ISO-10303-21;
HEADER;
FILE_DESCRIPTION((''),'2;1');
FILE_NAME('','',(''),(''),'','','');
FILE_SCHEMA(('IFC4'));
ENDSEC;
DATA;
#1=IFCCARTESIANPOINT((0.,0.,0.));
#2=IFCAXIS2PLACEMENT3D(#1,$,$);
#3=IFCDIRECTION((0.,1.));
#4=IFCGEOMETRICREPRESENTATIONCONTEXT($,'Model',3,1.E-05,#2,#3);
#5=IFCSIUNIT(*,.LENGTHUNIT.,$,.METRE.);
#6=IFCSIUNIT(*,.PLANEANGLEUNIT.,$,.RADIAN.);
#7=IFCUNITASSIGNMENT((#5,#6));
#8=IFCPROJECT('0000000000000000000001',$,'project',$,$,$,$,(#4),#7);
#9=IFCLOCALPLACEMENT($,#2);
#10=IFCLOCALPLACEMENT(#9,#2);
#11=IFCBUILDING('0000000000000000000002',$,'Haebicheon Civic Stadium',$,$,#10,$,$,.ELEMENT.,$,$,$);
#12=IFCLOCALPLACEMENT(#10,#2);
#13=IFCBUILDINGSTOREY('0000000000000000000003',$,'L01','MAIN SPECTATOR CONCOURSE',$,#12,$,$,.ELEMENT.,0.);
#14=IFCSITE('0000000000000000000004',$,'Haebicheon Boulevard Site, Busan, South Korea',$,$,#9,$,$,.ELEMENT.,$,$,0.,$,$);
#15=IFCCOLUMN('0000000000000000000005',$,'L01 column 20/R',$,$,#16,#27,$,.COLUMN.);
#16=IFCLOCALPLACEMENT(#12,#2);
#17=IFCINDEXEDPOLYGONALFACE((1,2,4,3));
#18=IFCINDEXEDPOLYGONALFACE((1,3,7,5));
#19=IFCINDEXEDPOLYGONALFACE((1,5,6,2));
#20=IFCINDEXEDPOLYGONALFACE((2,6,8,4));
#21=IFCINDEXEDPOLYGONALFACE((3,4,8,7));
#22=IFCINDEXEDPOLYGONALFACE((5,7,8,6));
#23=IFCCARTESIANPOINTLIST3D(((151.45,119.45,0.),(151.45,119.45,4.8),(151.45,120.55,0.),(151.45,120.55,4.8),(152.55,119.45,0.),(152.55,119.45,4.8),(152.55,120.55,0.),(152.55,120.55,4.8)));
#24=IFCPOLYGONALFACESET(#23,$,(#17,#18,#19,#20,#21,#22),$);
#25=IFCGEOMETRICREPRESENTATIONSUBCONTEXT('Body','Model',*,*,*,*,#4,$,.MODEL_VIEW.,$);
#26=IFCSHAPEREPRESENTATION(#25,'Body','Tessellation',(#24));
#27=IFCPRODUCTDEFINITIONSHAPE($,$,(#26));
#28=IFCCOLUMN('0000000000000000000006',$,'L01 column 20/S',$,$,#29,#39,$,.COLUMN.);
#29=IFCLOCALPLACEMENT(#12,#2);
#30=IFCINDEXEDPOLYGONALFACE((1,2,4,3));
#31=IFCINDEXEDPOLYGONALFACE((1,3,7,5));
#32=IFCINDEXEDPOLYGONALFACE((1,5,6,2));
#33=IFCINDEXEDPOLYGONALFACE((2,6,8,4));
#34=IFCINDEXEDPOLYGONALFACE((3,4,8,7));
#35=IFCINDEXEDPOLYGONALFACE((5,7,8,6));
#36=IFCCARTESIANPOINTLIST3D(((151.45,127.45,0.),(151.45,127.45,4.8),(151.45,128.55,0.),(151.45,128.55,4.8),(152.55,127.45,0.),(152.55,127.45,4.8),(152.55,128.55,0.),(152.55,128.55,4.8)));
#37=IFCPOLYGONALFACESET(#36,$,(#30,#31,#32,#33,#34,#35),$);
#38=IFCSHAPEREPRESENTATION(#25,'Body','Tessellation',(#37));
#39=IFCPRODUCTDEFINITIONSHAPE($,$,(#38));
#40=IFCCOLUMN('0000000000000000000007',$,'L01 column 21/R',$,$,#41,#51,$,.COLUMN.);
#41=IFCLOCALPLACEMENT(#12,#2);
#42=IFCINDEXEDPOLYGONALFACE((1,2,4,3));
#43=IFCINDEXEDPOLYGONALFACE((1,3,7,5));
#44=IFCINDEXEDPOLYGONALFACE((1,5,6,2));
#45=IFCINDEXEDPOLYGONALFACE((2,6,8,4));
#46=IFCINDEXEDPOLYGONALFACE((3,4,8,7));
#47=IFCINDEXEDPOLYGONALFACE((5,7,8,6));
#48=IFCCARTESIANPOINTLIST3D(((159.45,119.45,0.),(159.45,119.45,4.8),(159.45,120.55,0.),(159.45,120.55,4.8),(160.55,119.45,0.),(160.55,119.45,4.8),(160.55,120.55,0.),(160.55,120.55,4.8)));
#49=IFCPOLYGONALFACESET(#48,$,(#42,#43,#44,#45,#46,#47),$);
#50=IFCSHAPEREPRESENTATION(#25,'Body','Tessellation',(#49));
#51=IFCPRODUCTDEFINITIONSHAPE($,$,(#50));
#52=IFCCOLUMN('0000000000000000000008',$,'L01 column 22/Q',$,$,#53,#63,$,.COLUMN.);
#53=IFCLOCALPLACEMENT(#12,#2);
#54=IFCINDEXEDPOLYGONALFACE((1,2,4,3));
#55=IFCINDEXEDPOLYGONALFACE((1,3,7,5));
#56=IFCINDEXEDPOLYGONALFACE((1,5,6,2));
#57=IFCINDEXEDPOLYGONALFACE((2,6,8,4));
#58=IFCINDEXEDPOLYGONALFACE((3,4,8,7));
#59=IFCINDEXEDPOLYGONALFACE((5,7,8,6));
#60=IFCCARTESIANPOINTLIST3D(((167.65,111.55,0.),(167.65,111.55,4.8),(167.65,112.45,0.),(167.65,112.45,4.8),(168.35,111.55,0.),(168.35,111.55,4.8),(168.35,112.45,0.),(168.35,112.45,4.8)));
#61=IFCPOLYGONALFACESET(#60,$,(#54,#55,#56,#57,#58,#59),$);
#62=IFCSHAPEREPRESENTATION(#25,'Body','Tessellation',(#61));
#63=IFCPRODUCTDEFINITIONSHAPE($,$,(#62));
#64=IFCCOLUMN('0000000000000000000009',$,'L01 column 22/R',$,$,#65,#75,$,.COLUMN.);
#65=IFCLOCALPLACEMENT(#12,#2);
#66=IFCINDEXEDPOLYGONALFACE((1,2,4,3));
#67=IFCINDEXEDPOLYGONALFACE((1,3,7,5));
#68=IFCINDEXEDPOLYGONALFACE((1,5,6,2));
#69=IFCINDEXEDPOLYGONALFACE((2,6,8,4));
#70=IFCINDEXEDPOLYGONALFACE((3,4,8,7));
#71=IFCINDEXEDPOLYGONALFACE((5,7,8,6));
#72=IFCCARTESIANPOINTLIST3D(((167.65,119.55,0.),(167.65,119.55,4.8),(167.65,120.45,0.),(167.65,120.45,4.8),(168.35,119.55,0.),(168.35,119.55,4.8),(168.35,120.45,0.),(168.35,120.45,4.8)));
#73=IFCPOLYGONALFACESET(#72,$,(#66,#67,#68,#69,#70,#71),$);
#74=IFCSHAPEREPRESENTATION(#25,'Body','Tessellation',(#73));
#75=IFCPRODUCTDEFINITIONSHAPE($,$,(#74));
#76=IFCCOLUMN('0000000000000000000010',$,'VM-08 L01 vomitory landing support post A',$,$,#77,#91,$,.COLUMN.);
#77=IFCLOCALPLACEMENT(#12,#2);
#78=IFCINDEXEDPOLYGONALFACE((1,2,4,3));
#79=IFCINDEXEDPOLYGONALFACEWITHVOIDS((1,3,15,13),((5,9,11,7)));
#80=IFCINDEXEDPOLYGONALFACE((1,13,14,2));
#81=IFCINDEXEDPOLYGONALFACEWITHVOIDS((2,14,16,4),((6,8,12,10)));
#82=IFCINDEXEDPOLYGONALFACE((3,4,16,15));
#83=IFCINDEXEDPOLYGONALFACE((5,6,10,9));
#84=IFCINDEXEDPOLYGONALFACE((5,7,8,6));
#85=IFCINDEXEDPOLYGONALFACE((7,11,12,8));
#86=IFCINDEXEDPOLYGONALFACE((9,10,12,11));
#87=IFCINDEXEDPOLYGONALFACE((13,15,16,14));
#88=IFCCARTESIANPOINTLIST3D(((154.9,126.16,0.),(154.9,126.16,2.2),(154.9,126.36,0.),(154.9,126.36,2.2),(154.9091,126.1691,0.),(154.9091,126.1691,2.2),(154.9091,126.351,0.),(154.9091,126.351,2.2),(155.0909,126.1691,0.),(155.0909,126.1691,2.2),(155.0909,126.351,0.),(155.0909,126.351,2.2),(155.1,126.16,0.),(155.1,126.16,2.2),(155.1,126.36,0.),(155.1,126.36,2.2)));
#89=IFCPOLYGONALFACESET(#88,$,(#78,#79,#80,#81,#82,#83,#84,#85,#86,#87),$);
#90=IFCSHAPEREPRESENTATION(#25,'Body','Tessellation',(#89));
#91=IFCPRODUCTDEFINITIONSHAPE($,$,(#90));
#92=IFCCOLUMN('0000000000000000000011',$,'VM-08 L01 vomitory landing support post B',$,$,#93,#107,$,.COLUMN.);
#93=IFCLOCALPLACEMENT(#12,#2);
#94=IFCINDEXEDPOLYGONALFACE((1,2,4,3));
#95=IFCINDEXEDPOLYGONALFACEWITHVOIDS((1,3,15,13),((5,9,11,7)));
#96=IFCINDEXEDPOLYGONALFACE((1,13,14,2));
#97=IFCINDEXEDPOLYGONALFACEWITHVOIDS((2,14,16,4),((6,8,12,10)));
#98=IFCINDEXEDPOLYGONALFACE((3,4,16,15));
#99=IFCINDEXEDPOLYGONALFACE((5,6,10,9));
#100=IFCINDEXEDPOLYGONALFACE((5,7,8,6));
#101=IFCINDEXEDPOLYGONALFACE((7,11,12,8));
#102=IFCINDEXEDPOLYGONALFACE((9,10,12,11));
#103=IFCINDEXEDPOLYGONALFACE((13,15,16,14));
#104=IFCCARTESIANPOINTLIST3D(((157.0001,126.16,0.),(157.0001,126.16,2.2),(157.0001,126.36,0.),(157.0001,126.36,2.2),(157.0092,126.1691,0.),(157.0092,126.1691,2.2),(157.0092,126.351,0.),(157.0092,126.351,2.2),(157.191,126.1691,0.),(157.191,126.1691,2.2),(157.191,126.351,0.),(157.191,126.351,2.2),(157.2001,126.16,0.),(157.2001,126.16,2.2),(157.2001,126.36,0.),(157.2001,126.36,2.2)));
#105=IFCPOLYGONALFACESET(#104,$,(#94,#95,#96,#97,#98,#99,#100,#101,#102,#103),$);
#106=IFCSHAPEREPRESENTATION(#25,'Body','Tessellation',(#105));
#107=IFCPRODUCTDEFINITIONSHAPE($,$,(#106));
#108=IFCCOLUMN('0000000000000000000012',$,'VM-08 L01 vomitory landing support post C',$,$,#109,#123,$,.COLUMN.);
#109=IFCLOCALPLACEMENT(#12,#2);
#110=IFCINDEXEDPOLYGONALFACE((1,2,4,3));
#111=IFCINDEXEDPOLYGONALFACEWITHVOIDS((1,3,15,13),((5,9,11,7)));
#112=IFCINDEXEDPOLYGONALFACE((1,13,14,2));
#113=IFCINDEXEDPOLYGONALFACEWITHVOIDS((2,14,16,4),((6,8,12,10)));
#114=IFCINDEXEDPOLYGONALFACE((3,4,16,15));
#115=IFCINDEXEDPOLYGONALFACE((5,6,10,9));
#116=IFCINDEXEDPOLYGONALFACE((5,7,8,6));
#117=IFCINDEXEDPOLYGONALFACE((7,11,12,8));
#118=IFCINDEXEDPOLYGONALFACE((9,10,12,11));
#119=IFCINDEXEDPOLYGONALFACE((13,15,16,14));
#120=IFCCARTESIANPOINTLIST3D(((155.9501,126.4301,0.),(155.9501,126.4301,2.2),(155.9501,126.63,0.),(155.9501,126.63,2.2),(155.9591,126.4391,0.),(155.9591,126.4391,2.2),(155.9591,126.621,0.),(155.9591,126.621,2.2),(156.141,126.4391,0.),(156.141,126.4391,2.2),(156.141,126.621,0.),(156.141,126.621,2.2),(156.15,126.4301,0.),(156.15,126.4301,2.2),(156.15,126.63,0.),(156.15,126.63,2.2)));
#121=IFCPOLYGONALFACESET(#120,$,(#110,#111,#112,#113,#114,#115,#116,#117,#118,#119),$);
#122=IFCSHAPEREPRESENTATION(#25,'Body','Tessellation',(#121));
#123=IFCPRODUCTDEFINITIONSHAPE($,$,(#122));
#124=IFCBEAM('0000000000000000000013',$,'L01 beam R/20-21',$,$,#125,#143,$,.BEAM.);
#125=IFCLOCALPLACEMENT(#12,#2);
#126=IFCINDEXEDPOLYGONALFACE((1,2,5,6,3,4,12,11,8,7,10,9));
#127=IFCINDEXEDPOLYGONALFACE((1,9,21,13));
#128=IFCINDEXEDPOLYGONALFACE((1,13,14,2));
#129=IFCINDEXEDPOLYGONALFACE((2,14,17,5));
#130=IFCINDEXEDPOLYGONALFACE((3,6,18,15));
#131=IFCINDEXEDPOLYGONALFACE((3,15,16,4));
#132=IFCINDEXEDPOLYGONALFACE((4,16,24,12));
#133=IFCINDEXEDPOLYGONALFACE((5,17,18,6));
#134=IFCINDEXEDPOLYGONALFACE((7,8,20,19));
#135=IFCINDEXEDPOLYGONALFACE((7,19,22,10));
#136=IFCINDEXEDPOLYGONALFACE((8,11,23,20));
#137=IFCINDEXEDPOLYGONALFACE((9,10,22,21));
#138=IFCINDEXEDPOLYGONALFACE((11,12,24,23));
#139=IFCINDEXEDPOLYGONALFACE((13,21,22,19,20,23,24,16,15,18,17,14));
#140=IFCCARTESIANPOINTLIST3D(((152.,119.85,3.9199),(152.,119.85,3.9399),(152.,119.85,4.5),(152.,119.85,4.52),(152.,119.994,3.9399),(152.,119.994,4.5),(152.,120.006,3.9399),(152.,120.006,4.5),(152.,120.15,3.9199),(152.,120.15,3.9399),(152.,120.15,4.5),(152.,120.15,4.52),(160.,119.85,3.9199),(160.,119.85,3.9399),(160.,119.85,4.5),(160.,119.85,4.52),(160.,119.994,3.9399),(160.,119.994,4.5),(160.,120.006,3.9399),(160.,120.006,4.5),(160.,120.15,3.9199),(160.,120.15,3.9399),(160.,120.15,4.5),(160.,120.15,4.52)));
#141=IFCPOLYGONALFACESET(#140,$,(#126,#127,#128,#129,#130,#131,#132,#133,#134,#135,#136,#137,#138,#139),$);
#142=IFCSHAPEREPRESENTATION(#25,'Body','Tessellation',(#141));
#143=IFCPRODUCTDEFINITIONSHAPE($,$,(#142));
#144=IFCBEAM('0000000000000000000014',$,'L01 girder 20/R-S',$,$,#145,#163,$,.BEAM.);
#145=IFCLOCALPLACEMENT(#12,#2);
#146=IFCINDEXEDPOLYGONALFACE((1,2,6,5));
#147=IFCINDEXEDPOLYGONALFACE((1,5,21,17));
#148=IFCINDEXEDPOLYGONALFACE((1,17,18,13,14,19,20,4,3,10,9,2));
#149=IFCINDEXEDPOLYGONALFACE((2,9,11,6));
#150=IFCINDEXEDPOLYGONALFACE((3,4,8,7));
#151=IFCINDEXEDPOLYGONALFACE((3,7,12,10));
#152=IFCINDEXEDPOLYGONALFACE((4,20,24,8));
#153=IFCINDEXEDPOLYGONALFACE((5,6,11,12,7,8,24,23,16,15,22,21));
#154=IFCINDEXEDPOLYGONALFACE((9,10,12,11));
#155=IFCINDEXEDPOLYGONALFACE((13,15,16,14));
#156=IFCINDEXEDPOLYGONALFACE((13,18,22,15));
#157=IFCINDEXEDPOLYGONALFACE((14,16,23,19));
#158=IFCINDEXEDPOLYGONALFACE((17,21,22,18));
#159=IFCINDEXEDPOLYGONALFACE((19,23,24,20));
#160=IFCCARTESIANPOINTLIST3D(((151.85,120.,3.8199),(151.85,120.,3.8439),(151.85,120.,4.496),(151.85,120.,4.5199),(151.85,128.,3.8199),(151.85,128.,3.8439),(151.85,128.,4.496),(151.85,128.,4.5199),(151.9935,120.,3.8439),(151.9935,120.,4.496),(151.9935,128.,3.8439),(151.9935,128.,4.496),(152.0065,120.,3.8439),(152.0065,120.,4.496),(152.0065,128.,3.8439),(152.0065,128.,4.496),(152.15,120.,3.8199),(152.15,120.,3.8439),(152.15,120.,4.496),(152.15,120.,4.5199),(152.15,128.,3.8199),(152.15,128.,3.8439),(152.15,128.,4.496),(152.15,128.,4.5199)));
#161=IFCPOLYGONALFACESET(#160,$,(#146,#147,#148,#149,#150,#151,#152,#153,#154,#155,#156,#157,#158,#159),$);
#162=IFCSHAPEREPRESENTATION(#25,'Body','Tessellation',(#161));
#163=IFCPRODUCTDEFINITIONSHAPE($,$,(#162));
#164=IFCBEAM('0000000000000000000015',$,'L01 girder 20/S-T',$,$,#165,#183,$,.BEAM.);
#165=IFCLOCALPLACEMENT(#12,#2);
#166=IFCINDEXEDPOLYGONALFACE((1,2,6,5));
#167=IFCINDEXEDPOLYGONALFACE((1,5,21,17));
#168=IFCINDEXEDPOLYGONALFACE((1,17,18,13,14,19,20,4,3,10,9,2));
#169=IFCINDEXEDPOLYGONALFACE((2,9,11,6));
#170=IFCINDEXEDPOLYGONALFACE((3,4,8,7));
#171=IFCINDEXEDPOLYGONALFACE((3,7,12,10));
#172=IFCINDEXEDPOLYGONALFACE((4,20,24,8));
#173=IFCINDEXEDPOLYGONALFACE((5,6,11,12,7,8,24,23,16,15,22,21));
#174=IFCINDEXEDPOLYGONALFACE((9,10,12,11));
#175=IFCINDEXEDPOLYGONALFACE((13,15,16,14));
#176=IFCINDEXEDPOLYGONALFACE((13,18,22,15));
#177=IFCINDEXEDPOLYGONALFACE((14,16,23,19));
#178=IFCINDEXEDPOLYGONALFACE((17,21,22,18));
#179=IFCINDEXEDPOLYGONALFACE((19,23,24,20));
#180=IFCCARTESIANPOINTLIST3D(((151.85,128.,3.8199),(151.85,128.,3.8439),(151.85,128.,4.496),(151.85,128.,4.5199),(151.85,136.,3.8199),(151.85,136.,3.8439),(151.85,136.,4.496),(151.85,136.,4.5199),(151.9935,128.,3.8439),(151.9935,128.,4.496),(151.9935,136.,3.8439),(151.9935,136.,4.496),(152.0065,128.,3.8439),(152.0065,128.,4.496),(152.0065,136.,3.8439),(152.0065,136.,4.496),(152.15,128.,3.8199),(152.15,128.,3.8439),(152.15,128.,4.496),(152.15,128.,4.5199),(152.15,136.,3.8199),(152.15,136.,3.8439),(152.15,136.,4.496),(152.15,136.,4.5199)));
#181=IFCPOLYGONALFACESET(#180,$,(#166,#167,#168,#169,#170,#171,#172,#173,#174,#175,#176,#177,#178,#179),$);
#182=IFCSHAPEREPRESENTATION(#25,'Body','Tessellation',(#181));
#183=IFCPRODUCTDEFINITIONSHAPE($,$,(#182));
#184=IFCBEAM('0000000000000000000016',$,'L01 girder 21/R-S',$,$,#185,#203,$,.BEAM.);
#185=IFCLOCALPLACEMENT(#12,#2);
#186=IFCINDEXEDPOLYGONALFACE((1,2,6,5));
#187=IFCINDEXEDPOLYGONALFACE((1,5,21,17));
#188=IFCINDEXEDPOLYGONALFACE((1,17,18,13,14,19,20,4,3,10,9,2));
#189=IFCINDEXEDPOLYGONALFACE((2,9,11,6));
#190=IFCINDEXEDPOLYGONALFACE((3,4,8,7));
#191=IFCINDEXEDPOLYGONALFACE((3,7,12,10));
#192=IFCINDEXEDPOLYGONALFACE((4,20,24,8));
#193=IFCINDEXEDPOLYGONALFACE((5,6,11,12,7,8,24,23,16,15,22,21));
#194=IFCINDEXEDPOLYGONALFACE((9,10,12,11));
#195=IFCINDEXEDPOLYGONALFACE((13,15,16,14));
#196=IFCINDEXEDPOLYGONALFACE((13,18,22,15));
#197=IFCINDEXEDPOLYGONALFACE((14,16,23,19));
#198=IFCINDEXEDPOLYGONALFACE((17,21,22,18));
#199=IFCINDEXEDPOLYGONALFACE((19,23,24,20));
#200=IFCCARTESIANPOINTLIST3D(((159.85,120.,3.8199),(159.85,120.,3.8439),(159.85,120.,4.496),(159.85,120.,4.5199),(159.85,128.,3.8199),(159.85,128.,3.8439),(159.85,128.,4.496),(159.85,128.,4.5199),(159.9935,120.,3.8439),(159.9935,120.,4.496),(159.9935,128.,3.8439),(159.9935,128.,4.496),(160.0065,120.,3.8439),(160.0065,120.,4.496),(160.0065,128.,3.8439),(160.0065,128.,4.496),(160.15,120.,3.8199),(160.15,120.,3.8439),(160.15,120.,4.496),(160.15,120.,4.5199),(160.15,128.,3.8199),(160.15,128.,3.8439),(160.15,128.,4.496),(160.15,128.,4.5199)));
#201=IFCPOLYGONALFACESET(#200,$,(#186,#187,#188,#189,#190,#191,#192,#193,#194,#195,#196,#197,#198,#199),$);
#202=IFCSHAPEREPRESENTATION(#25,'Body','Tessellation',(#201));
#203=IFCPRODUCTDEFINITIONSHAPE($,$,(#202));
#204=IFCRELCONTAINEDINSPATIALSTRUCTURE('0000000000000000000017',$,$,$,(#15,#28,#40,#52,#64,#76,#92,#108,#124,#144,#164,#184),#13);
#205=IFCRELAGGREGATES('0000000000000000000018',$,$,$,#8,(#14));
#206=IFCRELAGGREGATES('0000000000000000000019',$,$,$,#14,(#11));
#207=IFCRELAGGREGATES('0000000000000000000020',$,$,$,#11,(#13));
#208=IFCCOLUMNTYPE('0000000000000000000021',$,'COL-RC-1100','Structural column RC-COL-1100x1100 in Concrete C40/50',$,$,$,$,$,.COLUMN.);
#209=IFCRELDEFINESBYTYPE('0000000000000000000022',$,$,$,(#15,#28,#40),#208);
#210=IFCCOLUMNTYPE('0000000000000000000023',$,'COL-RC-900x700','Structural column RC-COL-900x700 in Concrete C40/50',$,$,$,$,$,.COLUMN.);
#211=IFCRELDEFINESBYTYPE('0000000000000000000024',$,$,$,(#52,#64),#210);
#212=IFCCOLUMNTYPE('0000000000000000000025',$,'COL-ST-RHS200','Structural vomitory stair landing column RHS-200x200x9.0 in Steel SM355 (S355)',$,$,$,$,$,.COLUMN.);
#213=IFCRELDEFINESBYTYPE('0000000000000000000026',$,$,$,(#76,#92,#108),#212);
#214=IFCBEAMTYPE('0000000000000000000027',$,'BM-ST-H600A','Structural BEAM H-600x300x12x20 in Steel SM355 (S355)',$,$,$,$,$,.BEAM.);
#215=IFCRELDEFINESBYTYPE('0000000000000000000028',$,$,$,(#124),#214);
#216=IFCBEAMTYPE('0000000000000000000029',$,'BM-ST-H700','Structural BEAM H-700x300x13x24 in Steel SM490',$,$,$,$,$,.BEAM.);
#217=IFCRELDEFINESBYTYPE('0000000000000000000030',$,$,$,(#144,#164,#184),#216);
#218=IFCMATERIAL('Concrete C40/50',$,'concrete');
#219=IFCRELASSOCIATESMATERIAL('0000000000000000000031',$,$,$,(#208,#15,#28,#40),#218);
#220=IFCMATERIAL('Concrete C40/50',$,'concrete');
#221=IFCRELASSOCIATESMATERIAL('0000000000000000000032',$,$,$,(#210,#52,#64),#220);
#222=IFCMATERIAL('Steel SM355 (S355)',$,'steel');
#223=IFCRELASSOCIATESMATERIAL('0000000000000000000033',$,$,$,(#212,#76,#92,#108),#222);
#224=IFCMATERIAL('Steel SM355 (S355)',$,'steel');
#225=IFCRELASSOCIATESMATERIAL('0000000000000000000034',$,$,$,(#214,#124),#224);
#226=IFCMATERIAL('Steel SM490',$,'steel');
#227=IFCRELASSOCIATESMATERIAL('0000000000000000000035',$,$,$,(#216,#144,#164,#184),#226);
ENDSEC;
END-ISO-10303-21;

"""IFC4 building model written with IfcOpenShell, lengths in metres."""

from ifc_helpers import new_model, si_unit, direction, frame, origin, origin_2d, place, context, subcontext, project, spatial, rectangle, hollow_rectangle, i_section, extrude, material, material_profile, profile_set, type_object, element, save


model = new_model("IFC4")

# Units and contexts
model_context = context("Model", 3, precision=1e-05, world=origin(), true_north=direction((0.0, 1.0)))
body_context = subcontext(model_context, "Body", "Model", "MODEL_VIEW")
ifc_project = project(units=[si_unit("LENGTHUNIT", "METRE"), si_unit("PLANEANGLEUNIT", "RADIAN")], contexts=[model_context])

# Site, building, storey
site_placement = place(None, origin())
site = spatial("IfcSite", under=ifc_project, at=site_placement, Name="Haebicheon Boulevard Site, Busan, South Korea", CompositionType="ELEMENT", RefElevation=0.0)
building_placement = place(site_placement, origin())
building = spatial("IfcBuilding", under=site, at=building_placement, Name="Haebicheon Civic Stadium", CompositionType="ELEMENT")
storey_placement = place(building_placement, origin())
storey = spatial("IfcBuildingStorey", under=building, at=storey_placement, Name="L01", Description="MAIN SPECTATOR CONCOURSE", CompositionType="ELEMENT", Elevation=0.0)

# Columns
ifc_material_1 = material(Name="Concrete C40/50", Category="concrete")
ifc_material_profile_1 = material_profile(ifc_material_1, rectangle(XDim=1.1001, YDim=1.1001, at=origin_2d()), Name="RC-COL-1100x1100")
ifc_profile_set_1 = profile_set([ifc_material_profile_1], Name="Concrete C40/50")
column_type_1 = type_object("IfcColumnType", Name="COL-RC-1100", Description="Structural column RC-COL-1100x1100 in Concrete C40/50", PredefinedType="COLUMN", material=ifc_profile_set_1)
for number, where, z_axis, x_axis, name in (
    (1, (152.0, 120.0, 0.0), (0.0, 0.0, 1.0), (1.0, 0.0, 0.0), "L01 column 20/R"),
    (2, (152.0, 128.0, 0.0), (0.0, 0.0, 1.0), (1.0, 0.0, 0.0), "L01 column 20/S"),
    (3, (160.0, 120.0, 0.0), (0.0, 0.0, 1.0), (1.0, 0.0, 0.0), "L01 column 21/R"),
):
    element("IfcColumn", number, at=place(storey_placement, frame(where, z_axis=z_axis, x_axis=x_axis)), inside=storey, type_object=column_type_1, material=ifc_profile_set_1, Name=name, PredefinedType="COLUMN", context=body_context, shape_type="SweptSolid", body=[
        extrude(rectangle(XDim=1.1001, YDim=1.1001, at=origin_2d()), origin(), (0.0, 0.0, 1.0), 4.8),
    ])
ifc_material_2 = material(Name="Concrete C40/50", Category="concrete")
ifc_material_profile_2 = material_profile(ifc_material_2, rectangle(XDim=0.7, YDim=0.8999, at=origin_2d()), Name="RC-COL-900x700")
ifc_profile_set_2 = profile_set([ifc_material_profile_2], Name="Concrete C40/50")
column_type_2 = type_object("IfcColumnType", Name="COL-RC-900x700", Description="Structural column RC-COL-900x700 in Concrete C40/50", PredefinedType="COLUMN", material=ifc_profile_set_2)
for number, where, z_axis, x_axis, name in (
    (4, (168.0, 112.0, 0.0), (0.0, 0.0, 1.0), (1.0, 0.0, 0.0), "L01 column 22/Q"),
    (5, (168.0, 120.0, 0.0), (0.0, 0.0, 1.0), (1.0, 0.0, 0.0), "L01 column 22/R"),
):
    element("IfcColumn", number, at=place(storey_placement, frame(where, z_axis=z_axis, x_axis=x_axis)), inside=storey, type_object=column_type_2, material=ifc_profile_set_2, Name=name, PredefinedType="COLUMN", context=body_context, shape_type="SweptSolid", body=[
        extrude(rectangle(XDim=0.7, YDim=0.8999, at=origin_2d()), origin(), (0.0, 0.0, 1.0), 4.8),
    ])
ifc_material_3 = material(Name="Steel SM355 (S355)", Category="steel")
ifc_material_profile_3 = material_profile(ifc_material_3, hollow_rectangle(XDim=0.2, YDim=0.2, WallThickness=0.009, at=origin_2d()), Name="RHS-200x200x9.0")
ifc_profile_set_3 = profile_set([ifc_material_profile_3], Name="Steel SM355 (S355)")
column_type_3 = type_object("IfcColumnType", Name="COL-ST-RHS200", Description="Structural vomitory stair landing column RHS-200x200x9.0 in Steel SM355 (S355)", PredefinedType="COLUMN", material=ifc_profile_set_3)
for number, where, z_axis, x_axis, name in (
    (6, (155.0, 126.26, 0.0), (0.0, 0.0, 1.0), (1.0, 0.0, 0.0), "VM-08 L01 vomitory landing support post A"),
    (7, (157.1001, 126.26, 0.0), (0.0, 0.0, 1.0), (1.0, 0.0, 0.0), "VM-08 L01 vomitory landing support post B"),
    (8, (156.05, 126.53, 0.0), (0.0, 0.0, 1.0), (1.0, 0.0, 0.0), "VM-08 L01 vomitory landing support post C"),
):
    element("IfcColumn", number, at=place(storey_placement, frame(where, z_axis=z_axis, x_axis=x_axis)), inside=storey, type_object=column_type_3, material=ifc_profile_set_3, Name=name, PredefinedType="COLUMN", context=body_context, shape_type="SweptSolid", body=[
        extrude(hollow_rectangle(XDim=0.2, YDim=0.2, WallThickness=0.009, at=origin_2d()), origin(), (0.0, 0.0, 1.0), 2.2),
    ])

# Beams
ifc_material_4 = material(Name="Steel SM355 (S355)", Category="steel")
ifc_material_profile_4 = material_profile(ifc_material_4, i_section(OverallWidth=0.3, OverallDepth=0.6001, WebThickness=0.012, FlangeThickness=0.02, at=origin_2d()), Name="H-600x300x12x20")
ifc_profile_set_4 = profile_set([ifc_material_profile_4], Name="Steel SM355 (S355)")
beam_type_1 = type_object("IfcBeamType", Name="BM-ST-H600A", Description="Structural BEAM H-600x300x12x20 in Steel SM355 (S355)", PredefinedType="BEAM", material=ifc_profile_set_4)
beam_1_placement = place(storey_placement, frame((152.0, 120.0, 4.22), z_axis=(1.0, 0.0, 0.0), x_axis=(0.0, 1.0, 0.0)))
element("IfcBeam", 9, at=beam_1_placement, inside=storey, type_object=beam_type_1, material=ifc_profile_set_4, Name="L01 beam R/20-21", PredefinedType="BEAM", context=body_context, shape_type="SweptSolid", body=[
    extrude(i_section(OverallWidth=0.3, OverallDepth=0.6001, WebThickness=0.012, FlangeThickness=0.02, at=origin_2d()), origin(), (0.0, 0.0, 1.0), 8.0),
])
ifc_material_5 = material(Name="Steel SM490", Category="steel")
ifc_material_profile_5 = material_profile(ifc_material_5, i_section(OverallWidth=0.3, OverallDepth=0.7, WebThickness=0.0129, FlangeThickness=0.0239, at=origin_2d()), Name="H-700x300x13x24")
ifc_profile_set_5 = profile_set([ifc_material_profile_5], Name="Steel SM490")
beam_type_2 = type_object("IfcBeamType", Name="BM-ST-H700", Description="Structural BEAM H-700x300x13x24 in Steel SM490", PredefinedType="BEAM", material=ifc_profile_set_5)
for number, where, z_axis, x_axis, name in (
    (10, (152.0, 120.0, 4.1699), (0.0, 1.0, 0.0), (-1.0, 0.0, 0.0), "L01 girder 20/R-S"),
    (11, (152.0, 128.0, 4.1699), (0.0, 1.0, 0.0), (-1.0, 0.0, 0.0), "L01 girder 20/S-T"),
    (12, (160.0, 120.0, 4.1699), (0.0, 1.0, 0.0), (-1.0, 0.0, 0.0), "L01 girder 21/R-S"),
):
    element("IfcBeam", number, at=place(storey_placement, frame(where, z_axis=z_axis, x_axis=x_axis)), inside=storey, type_object=beam_type_2, material=ifc_profile_set_5, Name=name, PredefinedType="BEAM", context=body_context, shape_type="SweptSolid", body=[
        extrude(i_section(OverallWidth=0.3, OverallDepth=0.7, WebThickness=0.0129, FlangeThickness=0.0239, at=origin_2d()), origin(), (0.0, 0.0, 1.0), 8.0),
    ])

save(model, "model.ifc")
